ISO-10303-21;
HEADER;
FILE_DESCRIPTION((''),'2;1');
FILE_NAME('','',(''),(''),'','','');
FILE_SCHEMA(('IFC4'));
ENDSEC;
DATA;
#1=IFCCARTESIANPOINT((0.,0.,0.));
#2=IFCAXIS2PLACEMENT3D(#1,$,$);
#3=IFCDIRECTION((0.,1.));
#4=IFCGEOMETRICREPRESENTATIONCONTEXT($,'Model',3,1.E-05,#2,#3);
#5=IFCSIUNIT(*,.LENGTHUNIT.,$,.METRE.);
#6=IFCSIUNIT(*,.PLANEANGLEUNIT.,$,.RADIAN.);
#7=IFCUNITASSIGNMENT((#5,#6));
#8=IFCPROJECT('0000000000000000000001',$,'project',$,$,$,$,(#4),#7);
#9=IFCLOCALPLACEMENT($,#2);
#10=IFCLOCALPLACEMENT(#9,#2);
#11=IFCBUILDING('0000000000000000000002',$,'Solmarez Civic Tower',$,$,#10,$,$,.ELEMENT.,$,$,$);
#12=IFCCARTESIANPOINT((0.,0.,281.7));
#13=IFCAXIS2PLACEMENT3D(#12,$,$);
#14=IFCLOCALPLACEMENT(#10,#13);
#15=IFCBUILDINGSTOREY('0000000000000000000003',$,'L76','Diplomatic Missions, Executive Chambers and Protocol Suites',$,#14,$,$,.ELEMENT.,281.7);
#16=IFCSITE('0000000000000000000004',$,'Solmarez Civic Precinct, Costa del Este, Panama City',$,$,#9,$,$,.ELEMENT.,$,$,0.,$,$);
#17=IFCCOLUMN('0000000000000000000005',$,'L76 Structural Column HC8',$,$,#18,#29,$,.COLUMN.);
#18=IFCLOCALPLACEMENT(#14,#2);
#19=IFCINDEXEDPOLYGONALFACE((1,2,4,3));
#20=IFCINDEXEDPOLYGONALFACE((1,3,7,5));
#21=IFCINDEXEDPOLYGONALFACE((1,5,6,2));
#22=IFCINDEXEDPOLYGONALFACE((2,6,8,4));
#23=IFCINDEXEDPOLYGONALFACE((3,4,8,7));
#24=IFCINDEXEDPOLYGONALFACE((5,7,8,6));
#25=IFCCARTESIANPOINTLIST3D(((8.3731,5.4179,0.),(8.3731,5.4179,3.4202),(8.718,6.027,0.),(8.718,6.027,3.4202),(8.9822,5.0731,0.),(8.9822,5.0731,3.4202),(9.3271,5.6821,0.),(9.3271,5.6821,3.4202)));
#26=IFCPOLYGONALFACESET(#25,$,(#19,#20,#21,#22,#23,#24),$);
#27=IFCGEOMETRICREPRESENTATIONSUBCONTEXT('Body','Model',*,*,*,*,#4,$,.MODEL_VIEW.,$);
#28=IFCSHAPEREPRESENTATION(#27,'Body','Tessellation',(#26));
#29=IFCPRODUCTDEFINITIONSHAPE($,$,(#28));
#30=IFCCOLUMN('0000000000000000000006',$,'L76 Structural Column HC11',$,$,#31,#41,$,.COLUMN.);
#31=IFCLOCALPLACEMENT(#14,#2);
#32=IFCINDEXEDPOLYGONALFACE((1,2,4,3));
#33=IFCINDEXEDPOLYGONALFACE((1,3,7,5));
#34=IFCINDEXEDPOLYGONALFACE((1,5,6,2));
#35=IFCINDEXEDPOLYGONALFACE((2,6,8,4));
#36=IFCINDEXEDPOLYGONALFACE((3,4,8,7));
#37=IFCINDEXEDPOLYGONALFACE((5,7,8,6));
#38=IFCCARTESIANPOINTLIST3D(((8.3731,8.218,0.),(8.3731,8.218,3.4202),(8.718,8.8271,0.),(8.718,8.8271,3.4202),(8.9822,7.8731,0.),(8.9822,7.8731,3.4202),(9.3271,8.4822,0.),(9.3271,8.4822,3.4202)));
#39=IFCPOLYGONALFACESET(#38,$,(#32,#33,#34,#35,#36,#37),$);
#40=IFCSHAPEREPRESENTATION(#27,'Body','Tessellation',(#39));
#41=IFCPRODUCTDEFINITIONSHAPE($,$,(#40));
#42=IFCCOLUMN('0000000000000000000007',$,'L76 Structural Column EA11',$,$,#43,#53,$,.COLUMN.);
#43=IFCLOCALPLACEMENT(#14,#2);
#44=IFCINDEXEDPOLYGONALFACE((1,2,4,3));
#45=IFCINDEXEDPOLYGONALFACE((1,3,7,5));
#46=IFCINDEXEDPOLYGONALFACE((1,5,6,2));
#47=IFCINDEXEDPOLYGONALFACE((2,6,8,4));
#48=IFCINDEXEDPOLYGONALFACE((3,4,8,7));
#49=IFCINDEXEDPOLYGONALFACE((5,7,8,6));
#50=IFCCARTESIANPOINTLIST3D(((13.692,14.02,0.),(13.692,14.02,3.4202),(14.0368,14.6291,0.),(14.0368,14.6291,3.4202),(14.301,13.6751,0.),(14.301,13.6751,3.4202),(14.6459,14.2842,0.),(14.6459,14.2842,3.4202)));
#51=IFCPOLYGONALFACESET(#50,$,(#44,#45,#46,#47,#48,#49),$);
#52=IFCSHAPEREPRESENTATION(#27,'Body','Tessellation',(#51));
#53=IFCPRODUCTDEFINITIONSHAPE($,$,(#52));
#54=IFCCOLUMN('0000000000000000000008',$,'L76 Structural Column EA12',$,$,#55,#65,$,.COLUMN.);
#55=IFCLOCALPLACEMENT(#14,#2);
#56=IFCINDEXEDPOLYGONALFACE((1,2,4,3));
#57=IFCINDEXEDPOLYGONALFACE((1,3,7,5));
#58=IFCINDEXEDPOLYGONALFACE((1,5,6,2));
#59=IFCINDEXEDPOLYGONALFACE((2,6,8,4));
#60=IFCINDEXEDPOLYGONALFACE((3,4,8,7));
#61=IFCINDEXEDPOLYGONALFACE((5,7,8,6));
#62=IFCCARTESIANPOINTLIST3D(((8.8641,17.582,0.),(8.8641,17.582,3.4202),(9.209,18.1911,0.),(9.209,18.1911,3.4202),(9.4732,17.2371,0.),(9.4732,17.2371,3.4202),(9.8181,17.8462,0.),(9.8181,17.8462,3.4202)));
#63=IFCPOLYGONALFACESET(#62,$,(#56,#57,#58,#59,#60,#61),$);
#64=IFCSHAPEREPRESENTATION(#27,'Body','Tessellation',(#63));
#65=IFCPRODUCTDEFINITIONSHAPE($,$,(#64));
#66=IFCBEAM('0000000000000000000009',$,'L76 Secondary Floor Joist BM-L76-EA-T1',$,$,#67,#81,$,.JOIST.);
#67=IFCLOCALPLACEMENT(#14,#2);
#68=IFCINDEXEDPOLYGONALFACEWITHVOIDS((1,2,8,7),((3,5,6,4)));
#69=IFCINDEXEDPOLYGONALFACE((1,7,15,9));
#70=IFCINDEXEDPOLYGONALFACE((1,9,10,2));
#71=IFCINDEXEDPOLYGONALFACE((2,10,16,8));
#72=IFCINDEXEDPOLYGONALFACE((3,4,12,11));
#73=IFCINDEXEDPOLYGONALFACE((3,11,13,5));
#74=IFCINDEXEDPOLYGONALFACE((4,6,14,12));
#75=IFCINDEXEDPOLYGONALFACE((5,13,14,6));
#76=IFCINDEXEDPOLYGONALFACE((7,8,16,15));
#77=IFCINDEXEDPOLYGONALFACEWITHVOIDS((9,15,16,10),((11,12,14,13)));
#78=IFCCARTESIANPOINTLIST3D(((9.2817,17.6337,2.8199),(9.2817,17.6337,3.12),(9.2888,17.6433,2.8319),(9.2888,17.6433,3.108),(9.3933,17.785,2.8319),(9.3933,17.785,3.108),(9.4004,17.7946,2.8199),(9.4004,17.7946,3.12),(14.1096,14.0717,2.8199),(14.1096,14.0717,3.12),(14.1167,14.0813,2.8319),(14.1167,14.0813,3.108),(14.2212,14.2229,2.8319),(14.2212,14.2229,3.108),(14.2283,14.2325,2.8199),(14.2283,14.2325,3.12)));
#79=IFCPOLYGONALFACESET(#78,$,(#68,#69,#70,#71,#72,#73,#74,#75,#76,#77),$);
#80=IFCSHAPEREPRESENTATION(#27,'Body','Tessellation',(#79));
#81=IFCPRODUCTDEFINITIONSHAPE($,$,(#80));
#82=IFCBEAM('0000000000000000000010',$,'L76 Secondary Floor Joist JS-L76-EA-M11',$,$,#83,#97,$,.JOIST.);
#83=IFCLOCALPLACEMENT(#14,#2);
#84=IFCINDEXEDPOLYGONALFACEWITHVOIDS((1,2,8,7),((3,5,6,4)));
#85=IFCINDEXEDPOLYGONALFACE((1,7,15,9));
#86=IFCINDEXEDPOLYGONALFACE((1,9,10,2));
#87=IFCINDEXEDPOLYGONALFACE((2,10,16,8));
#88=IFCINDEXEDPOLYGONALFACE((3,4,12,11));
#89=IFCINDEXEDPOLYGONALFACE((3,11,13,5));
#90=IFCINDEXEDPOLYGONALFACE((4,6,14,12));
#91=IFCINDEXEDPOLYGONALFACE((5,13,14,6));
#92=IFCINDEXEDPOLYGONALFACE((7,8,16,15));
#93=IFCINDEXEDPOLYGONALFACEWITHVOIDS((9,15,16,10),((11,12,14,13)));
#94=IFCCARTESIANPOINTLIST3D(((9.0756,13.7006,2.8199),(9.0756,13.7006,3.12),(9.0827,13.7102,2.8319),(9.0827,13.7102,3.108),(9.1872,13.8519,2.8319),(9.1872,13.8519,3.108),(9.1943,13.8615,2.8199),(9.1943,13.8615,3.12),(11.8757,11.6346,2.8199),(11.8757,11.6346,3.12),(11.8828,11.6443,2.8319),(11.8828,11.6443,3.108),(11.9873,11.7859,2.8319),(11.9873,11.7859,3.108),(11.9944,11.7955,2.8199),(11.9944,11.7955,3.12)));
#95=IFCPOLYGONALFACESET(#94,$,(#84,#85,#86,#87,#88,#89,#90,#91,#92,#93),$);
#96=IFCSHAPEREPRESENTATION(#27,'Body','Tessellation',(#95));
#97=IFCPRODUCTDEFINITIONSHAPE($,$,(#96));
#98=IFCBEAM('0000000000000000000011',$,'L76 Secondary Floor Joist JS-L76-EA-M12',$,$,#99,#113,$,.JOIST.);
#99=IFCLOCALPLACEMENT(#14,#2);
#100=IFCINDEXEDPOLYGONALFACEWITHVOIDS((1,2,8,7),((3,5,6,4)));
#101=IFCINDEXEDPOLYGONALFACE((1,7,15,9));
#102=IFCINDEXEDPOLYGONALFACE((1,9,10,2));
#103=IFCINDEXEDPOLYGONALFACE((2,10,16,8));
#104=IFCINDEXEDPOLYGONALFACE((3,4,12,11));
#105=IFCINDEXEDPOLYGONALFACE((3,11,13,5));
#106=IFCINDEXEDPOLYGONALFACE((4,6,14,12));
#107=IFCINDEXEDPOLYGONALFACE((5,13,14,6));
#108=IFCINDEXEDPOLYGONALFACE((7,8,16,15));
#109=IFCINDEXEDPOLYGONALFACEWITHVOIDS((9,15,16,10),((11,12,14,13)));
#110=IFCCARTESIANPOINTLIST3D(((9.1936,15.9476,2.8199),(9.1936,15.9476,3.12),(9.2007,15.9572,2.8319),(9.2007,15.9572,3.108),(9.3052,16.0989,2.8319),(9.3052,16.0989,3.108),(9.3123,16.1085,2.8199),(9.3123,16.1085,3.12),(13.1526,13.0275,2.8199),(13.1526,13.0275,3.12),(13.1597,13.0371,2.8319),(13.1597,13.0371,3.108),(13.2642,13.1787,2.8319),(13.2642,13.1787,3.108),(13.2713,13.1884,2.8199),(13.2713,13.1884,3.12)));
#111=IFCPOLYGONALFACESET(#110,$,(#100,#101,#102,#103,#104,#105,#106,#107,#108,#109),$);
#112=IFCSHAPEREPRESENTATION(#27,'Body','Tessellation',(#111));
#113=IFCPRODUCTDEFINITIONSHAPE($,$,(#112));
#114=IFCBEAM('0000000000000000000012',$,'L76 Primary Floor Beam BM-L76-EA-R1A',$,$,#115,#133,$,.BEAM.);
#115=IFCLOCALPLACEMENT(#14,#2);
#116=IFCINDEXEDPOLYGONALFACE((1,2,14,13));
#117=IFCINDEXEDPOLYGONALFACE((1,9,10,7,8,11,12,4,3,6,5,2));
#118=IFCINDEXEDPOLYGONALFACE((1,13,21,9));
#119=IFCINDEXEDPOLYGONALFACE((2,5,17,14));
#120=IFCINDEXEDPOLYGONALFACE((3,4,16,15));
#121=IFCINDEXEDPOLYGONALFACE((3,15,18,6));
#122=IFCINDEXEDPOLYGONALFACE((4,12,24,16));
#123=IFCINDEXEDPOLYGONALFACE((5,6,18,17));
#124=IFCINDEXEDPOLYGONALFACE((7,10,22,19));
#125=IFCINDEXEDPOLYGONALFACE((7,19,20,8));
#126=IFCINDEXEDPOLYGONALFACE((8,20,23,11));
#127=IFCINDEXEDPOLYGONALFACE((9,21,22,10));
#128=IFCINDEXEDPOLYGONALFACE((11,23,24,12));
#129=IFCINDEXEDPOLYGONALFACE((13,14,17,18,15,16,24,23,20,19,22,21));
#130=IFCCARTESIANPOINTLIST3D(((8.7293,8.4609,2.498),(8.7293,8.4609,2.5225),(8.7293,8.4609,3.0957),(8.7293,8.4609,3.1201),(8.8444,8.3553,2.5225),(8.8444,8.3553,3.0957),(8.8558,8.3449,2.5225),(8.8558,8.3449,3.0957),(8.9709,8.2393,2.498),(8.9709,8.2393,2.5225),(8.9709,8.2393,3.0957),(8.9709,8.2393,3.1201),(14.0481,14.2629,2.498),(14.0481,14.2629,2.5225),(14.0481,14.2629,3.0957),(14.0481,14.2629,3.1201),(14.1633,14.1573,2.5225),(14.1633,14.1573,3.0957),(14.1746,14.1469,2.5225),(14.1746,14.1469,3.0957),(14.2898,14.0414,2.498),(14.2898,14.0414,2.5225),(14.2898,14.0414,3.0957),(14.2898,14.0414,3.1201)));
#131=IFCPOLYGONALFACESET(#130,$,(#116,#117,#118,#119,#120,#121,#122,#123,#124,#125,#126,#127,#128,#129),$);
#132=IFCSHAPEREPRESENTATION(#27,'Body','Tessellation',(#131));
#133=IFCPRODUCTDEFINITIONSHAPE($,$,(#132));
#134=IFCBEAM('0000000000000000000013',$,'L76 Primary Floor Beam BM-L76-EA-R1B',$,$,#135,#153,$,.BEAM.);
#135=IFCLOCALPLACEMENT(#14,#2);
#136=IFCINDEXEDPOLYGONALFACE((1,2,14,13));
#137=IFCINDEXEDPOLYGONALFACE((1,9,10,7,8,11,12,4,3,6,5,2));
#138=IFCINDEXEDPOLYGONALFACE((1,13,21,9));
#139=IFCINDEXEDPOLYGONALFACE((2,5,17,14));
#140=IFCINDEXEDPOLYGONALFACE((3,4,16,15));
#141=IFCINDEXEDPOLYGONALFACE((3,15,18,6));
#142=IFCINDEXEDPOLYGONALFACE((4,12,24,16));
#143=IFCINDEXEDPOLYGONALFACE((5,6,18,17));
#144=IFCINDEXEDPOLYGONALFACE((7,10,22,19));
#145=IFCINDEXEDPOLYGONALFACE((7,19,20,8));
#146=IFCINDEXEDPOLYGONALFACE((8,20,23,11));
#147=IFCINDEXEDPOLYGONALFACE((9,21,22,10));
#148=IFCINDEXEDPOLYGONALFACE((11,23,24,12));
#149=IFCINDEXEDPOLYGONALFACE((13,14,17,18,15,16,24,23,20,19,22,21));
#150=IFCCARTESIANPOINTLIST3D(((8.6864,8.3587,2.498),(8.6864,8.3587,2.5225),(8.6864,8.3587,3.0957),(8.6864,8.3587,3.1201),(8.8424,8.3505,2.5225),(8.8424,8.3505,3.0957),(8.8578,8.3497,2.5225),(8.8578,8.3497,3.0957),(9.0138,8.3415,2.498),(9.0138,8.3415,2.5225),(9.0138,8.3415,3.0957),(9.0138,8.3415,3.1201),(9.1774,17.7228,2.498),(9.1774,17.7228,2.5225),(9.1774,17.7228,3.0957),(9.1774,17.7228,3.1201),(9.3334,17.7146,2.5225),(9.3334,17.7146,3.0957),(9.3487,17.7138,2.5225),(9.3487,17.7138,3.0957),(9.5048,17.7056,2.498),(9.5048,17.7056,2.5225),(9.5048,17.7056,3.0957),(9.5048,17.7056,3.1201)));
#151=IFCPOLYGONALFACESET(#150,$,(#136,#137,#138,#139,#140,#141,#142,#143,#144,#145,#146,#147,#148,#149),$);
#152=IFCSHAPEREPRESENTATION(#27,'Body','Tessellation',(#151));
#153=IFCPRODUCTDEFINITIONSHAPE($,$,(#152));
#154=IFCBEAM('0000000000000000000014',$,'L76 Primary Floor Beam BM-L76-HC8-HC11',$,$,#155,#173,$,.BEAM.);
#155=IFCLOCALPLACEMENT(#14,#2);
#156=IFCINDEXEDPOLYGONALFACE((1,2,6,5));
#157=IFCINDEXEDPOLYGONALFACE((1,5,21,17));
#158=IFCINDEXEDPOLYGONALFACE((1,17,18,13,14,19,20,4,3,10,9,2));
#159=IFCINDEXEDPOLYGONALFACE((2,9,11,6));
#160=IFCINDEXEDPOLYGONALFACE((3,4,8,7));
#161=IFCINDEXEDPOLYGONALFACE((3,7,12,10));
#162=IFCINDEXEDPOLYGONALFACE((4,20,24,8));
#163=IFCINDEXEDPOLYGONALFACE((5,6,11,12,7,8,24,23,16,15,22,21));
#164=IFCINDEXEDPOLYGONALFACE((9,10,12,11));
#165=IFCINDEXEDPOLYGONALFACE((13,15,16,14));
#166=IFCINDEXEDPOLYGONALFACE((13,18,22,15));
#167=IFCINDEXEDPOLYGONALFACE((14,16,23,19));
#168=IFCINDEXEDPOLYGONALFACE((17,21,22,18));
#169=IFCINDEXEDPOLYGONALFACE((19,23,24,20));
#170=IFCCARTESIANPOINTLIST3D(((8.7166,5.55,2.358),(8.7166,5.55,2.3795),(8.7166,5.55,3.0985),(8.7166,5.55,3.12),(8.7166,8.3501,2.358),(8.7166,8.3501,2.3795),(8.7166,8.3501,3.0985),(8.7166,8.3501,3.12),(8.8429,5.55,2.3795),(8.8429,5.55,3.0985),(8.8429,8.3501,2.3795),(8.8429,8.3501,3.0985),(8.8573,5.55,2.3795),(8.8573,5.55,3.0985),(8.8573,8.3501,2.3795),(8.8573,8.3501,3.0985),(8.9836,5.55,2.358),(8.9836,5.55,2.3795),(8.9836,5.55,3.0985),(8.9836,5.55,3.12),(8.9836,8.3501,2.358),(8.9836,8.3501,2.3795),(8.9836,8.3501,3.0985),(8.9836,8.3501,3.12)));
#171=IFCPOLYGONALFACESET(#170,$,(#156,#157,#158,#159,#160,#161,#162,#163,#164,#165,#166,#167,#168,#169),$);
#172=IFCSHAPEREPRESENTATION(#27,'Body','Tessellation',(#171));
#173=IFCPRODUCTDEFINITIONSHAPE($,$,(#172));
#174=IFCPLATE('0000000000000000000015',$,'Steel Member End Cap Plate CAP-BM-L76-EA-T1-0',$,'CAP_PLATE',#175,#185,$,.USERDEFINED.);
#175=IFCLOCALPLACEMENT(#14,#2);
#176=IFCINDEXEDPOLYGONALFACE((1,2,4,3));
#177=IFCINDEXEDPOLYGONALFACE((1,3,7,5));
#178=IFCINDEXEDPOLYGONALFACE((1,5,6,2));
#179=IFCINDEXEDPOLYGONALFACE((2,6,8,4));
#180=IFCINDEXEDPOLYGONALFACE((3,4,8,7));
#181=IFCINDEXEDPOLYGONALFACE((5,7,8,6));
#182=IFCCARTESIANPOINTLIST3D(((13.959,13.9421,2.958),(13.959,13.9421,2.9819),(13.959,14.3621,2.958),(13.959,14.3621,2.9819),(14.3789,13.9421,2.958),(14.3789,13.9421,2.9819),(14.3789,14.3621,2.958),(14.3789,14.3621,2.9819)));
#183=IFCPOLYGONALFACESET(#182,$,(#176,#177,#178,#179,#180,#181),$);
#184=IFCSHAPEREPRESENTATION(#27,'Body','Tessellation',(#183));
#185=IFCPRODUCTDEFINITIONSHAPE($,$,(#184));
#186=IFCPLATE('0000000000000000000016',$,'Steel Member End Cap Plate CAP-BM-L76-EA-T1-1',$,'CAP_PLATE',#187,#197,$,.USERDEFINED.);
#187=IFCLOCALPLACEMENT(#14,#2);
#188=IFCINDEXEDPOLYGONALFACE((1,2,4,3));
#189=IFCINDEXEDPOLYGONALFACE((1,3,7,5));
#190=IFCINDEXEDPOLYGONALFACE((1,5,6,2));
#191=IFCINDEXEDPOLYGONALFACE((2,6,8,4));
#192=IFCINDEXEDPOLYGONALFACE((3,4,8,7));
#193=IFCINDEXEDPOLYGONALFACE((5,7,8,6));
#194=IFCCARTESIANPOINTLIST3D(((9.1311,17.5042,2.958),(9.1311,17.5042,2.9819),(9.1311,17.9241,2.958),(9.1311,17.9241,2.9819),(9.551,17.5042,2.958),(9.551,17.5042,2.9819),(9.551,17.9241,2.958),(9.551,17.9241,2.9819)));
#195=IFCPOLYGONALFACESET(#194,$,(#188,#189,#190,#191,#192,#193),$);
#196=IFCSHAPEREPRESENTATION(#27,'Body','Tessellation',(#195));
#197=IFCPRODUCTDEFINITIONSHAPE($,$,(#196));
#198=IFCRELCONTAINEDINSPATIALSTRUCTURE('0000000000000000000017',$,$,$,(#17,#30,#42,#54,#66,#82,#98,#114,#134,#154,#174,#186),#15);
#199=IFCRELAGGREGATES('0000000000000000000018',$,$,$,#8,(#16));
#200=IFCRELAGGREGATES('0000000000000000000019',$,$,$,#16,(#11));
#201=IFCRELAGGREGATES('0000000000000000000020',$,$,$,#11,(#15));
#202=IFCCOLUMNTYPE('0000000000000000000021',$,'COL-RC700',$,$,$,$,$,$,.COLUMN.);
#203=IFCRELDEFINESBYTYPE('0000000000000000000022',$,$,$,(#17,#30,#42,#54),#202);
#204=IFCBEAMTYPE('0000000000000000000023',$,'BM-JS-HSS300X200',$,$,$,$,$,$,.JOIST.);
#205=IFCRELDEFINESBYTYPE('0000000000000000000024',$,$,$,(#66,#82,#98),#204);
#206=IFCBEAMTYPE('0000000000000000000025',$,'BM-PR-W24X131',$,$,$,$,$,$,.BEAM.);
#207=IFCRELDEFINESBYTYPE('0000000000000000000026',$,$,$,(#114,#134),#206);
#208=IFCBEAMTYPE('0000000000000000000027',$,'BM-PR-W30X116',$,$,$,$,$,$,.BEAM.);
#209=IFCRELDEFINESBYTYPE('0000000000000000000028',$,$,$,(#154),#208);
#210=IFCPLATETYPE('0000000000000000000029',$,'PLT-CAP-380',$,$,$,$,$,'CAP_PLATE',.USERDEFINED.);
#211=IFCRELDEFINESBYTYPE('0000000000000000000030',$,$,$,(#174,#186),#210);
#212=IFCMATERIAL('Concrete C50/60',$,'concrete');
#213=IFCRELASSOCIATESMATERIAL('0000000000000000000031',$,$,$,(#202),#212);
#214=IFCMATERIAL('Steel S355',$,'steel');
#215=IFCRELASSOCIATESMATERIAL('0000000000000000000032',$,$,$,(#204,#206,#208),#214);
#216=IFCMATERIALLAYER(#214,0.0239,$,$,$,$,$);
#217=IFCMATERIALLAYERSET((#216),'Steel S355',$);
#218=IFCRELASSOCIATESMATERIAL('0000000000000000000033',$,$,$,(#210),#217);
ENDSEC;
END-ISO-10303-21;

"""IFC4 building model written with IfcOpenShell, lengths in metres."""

from ifc_helpers import new_model, si_unit, direction, frame, origin, origin_2d, place, context, subcontext, project, spatial, rectangle, hollow_rectangle, i_section, extrude, material, layer, layer_set, material_profile, profile_set, type_object, element, save


model = new_model("IFC4")

# Units and contexts
model_context = context("Model", 3, precision=1e-05, world=origin(), true_north=direction((0.0, 1.0)))
body_context = subcontext(model_context, "Body", "Model", "MODEL_VIEW")
ifc_project = project(units=[si_unit("LENGTHUNIT", "METRE"), si_unit("PLANEANGLEUNIT", "RADIAN")], contexts=[model_context])

# Site, building, storey
site_placement = place(None, origin())
site = spatial("IfcSite", under=ifc_project, at=site_placement, Name="Solmarez Civic Precinct, Costa del Este, Panama City", CompositionType="ELEMENT", RefElevation=0.0)
building_placement = place(site_placement, origin())
building = spatial("IfcBuilding", under=site, at=building_placement, Name="Solmarez Civic Tower", CompositionType="ELEMENT")
storey_placement = place(building_placement, frame((0.0, 0.0, 281.7)))
storey = spatial("IfcBuildingStorey", under=building, at=storey_placement, Name="L76", Description="Diplomatic Missions, Executive Chambers and Protocol Suites", CompositionType="ELEMENT", Elevation=281.7)

# Columns
ifc_material_1 = material(Name="Concrete C50/60", Category="concrete")
ifc_material_profile_1 = material_profile(ifc_material_1, rectangle(XDim=0.7, YDim=0.7, at=origin_2d()), Name="RC700X700")
ifc_profile_set_1 = profile_set([ifc_material_profile_1], Name="Concrete C50/60")
column_type = type_object("IfcColumnType", Name="COL-RC700", PredefinedType="COLUMN", material=ifc_profile_set_1)
for number, where, z_axis, x_axis, name in (
    (1, (8.8501, 5.55, 0.0), (0.0, 0.0, 1.0), (0.492727, 0.870184, 0.0), "L76 Structural Column HC8"),
    (2, (8.8501, 8.3501, 0.0), (0.0, 0.0, 1.0), (0.492727, 0.870184, 0.0), "L76 Structural Column HC11"),
    (3, (14.1689, 14.1521, 0.0), (0.0, 0.0, 1.0), (0.492727, 0.870184, 0.0), "L76 Structural Column EA11"),
    (4, (9.3411, 17.7141, 0.0), (0.0, 0.0, 1.0), (0.492727, 0.870184, 0.0), "L76 Structural Column EA12"),
):
    element("IfcColumn", number, at=place(storey_placement, frame(where, z_axis=z_axis, x_axis=x_axis)), inside=storey, type_object=column_type, Name=name, PredefinedType="COLUMN", context=body_context, shape_type="SweptSolid", body=[
        extrude(rectangle(XDim=0.7, YDim=0.7, at=origin_2d()), origin(), (0.0, 0.0, 1.0), 3.4202),
    ])

# Beams
ifc_material_2 = material(Name="Steel S355", Category="steel")
ifc_material_profile_2 = material_profile(ifc_material_2, hollow_rectangle(XDim=0.2, YDim=0.3, WallThickness=0.012, at=origin_2d()), Name="HSS300X200X12")
ifc_profile_set_2 = profile_set([ifc_material_profile_2], Name="Steel S355")
beam_type_1 = type_object("IfcBeamType", Name="BM-JS-HSS300X200", PredefinedType="JOIST", material=ifc_profile_set_2)
beam_1_placement = place(storey_placement, frame((14.1689, 14.1521, 2.97), z_axis=(-0.804687, 0.593699, 0.0), x_axis=(-0.593699, -0.804687, 0.0)))
element("IfcBeam", 5, at=beam_1_placement, inside=storey, type_object=beam_type_1, Name="L76 Secondary Floor Joist BM-L76-EA-T1", PredefinedType="JOIST", context=body_context, shape_type="SweptSolid", body=[
    extrude(hollow_rectangle(XDim=0.2, YDim=0.3, WallThickness=0.012, at=origin_2d()), origin(), (0.0, 0.0, 1.0), 5.9998),
])
beam_2_placement = place(storey_placement, frame((11.9351, 11.7151, 2.97), z_axis=(-0.804682, 0.593706, 0.0), x_axis=(-0.593706, -0.804682, 0.0)))
element("IfcBeam", 6, at=beam_2_placement, inside=storey, type_object=beam_type_1, Name="L76 Secondary Floor Joist JS-L76-EA-M11", PredefinedType="JOIST", context=body_context, shape_type="SweptSolid", body=[
    extrude(hollow_rectangle(XDim=0.2, YDim=0.3, WallThickness=0.012, at=origin_2d()), origin(), (0.0, 0.0, 1.0), 3.4797),
])
beam_3_placement = place(storey_placement, frame((13.2119, 13.1079, 2.97), z_axis=(-0.804763, 0.593597, 0.0), x_axis=(-0.593597, -0.804763, 0.0)))
element("IfcBeam", 7, at=beam_3_placement, inside=storey, type_object=beam_type_1, Name="L76 Secondary Floor Joist JS-L76-EA-M12", PredefinedType="JOIST", context=body_context, shape_type="SweptSolid", body=[
    extrude(hollow_rectangle(XDim=0.2, YDim=0.3, WallThickness=0.012, at=origin_2d()), origin(), (0.0, 0.0, 1.0), 4.9194),
])
ifc_material_profile_3 = material_profile(ifc_material_2, i_section(OverallWidth=0.3279, OverallDepth=0.6221, WebThickness=0.0154, FlangeThickness=0.0244, at=origin_2d()), Name="W24X131")
ifc_profile_set_3 = profile_set([ifc_material_profile_3], Name="Steel S355")
beam_type_2 = type_object("IfcBeamType", Name="BM-PR-W24X131", PredefinedType="BEAM", material=ifc_profile_set_3)
beam_4_placement = place(storey_placement, frame((8.8501, 8.3501, 2.8091), z_axis=(0.675749, 0.737132, 0.0), x_axis=(-0.737132, 0.675749, 0.0)))
element("IfcBeam", 8, at=beam_4_placement, inside=storey, type_object=beam_type_2, Name="L76 Primary Floor Beam BM-L76-EA-R1A", PredefinedType="BEAM", context=body_context, shape_type="SweptSolid", body=[
    extrude(i_section(OverallWidth=0.3279, OverallDepth=0.6221, WebThickness=0.0154, FlangeThickness=0.0244, at=origin_2d()), origin(), (0.0, 0.0, 1.0), 7.8711),
])
beam_5_placement = place(storey_placement, frame((8.8501, 8.3501, 2.8091), z_axis=(0.052359, 0.998628, 0.0), x_axis=(-0.998628, 0.052359, 0.0)))
element("IfcBeam", 9, at=beam_5_placement, inside=storey, type_object=beam_type_2, Name="L76 Primary Floor Beam BM-L76-EA-R1B", PredefinedType="BEAM", context=body_context, shape_type="SweptSolid", body=[
    extrude(i_section(OverallWidth=0.3279, OverallDepth=0.6221, WebThickness=0.0154, FlangeThickness=0.0244, at=origin_2d()), origin(), (0.0, 0.0, 1.0), 9.377),
])
ifc_material_profile_4 = material_profile(ifc_material_2, i_section(OverallWidth=0.2671, OverallDepth=0.762, WebThickness=0.0144, FlangeThickness=0.0215, at=origin_2d()), Name="W30X116")
ifc_profile_set_4 = profile_set([ifc_material_profile_4], Name="Steel S355")
beam_type_3 = type_object("IfcBeamType", Name="BM-PR-W30X116", PredefinedType="BEAM", material=ifc_profile_set_4)
beam_6_placement = place(storey_placement, frame((8.8501, 5.55, 2.739), z_axis=(0.0, 1.0, 0.0), x_axis=(-1.0, 0.0, 0.0)))
element("IfcBeam", 10, at=beam_6_placement, inside=storey, type_object=beam_type_3, Name="L76 Primary Floor Beam BM-L76-HC8-HC11", PredefinedType="BEAM", context=body_context, shape_type="SweptSolid", body=[
    extrude(i_section(OverallWidth=0.2671, OverallDepth=0.762, WebThickness=0.0144, FlangeThickness=0.0215, at=origin_2d()), origin(), (0.0, 0.0, 1.0), 2.8),
])

# Plates
ifc_layer_1 = layer(ifc_material_2, 0.0239)
ifc_layer_set_1 = layer_set([ifc_layer_1], Name="Steel S355")
plate_type = type_object("IfcPlateType", Name="PLT-CAP-380", ElementType="CAP_PLATE", PredefinedType="USERDEFINED", material=ifc_layer_set_1)
for number, where, z_axis, x_axis, name in (
    (11, (14.1689, 14.1521, 2.958), (0.0, 0.0, 1.0), (1.0, 0.0, 0.0), "Steel Member End Cap Plate CAP-BM-L76-EA-T1-0"),
    (12, (9.3411, 17.7141, 2.958), (0.0, 0.0, 1.0), (1.0, 0.0, 0.0), "Steel Member End Cap Plate CAP-BM-L76-EA-T1-1"),
):
    element("IfcPlate", number, at=place(storey_placement, frame(where, z_axis=z_axis, x_axis=x_axis)), inside=storey, type_object=plate_type, Name=name, ObjectType="CAP_PLATE", PredefinedType="USERDEFINED", context=body_context, shape_type="SweptSolid", body=[
        extrude(rectangle(XDim=0.4199, YDim=0.4199, at=origin_2d()), origin(), (0.0, 0.0, 1.0), 0.0239),
    ])

save(model, "model.ifc")
